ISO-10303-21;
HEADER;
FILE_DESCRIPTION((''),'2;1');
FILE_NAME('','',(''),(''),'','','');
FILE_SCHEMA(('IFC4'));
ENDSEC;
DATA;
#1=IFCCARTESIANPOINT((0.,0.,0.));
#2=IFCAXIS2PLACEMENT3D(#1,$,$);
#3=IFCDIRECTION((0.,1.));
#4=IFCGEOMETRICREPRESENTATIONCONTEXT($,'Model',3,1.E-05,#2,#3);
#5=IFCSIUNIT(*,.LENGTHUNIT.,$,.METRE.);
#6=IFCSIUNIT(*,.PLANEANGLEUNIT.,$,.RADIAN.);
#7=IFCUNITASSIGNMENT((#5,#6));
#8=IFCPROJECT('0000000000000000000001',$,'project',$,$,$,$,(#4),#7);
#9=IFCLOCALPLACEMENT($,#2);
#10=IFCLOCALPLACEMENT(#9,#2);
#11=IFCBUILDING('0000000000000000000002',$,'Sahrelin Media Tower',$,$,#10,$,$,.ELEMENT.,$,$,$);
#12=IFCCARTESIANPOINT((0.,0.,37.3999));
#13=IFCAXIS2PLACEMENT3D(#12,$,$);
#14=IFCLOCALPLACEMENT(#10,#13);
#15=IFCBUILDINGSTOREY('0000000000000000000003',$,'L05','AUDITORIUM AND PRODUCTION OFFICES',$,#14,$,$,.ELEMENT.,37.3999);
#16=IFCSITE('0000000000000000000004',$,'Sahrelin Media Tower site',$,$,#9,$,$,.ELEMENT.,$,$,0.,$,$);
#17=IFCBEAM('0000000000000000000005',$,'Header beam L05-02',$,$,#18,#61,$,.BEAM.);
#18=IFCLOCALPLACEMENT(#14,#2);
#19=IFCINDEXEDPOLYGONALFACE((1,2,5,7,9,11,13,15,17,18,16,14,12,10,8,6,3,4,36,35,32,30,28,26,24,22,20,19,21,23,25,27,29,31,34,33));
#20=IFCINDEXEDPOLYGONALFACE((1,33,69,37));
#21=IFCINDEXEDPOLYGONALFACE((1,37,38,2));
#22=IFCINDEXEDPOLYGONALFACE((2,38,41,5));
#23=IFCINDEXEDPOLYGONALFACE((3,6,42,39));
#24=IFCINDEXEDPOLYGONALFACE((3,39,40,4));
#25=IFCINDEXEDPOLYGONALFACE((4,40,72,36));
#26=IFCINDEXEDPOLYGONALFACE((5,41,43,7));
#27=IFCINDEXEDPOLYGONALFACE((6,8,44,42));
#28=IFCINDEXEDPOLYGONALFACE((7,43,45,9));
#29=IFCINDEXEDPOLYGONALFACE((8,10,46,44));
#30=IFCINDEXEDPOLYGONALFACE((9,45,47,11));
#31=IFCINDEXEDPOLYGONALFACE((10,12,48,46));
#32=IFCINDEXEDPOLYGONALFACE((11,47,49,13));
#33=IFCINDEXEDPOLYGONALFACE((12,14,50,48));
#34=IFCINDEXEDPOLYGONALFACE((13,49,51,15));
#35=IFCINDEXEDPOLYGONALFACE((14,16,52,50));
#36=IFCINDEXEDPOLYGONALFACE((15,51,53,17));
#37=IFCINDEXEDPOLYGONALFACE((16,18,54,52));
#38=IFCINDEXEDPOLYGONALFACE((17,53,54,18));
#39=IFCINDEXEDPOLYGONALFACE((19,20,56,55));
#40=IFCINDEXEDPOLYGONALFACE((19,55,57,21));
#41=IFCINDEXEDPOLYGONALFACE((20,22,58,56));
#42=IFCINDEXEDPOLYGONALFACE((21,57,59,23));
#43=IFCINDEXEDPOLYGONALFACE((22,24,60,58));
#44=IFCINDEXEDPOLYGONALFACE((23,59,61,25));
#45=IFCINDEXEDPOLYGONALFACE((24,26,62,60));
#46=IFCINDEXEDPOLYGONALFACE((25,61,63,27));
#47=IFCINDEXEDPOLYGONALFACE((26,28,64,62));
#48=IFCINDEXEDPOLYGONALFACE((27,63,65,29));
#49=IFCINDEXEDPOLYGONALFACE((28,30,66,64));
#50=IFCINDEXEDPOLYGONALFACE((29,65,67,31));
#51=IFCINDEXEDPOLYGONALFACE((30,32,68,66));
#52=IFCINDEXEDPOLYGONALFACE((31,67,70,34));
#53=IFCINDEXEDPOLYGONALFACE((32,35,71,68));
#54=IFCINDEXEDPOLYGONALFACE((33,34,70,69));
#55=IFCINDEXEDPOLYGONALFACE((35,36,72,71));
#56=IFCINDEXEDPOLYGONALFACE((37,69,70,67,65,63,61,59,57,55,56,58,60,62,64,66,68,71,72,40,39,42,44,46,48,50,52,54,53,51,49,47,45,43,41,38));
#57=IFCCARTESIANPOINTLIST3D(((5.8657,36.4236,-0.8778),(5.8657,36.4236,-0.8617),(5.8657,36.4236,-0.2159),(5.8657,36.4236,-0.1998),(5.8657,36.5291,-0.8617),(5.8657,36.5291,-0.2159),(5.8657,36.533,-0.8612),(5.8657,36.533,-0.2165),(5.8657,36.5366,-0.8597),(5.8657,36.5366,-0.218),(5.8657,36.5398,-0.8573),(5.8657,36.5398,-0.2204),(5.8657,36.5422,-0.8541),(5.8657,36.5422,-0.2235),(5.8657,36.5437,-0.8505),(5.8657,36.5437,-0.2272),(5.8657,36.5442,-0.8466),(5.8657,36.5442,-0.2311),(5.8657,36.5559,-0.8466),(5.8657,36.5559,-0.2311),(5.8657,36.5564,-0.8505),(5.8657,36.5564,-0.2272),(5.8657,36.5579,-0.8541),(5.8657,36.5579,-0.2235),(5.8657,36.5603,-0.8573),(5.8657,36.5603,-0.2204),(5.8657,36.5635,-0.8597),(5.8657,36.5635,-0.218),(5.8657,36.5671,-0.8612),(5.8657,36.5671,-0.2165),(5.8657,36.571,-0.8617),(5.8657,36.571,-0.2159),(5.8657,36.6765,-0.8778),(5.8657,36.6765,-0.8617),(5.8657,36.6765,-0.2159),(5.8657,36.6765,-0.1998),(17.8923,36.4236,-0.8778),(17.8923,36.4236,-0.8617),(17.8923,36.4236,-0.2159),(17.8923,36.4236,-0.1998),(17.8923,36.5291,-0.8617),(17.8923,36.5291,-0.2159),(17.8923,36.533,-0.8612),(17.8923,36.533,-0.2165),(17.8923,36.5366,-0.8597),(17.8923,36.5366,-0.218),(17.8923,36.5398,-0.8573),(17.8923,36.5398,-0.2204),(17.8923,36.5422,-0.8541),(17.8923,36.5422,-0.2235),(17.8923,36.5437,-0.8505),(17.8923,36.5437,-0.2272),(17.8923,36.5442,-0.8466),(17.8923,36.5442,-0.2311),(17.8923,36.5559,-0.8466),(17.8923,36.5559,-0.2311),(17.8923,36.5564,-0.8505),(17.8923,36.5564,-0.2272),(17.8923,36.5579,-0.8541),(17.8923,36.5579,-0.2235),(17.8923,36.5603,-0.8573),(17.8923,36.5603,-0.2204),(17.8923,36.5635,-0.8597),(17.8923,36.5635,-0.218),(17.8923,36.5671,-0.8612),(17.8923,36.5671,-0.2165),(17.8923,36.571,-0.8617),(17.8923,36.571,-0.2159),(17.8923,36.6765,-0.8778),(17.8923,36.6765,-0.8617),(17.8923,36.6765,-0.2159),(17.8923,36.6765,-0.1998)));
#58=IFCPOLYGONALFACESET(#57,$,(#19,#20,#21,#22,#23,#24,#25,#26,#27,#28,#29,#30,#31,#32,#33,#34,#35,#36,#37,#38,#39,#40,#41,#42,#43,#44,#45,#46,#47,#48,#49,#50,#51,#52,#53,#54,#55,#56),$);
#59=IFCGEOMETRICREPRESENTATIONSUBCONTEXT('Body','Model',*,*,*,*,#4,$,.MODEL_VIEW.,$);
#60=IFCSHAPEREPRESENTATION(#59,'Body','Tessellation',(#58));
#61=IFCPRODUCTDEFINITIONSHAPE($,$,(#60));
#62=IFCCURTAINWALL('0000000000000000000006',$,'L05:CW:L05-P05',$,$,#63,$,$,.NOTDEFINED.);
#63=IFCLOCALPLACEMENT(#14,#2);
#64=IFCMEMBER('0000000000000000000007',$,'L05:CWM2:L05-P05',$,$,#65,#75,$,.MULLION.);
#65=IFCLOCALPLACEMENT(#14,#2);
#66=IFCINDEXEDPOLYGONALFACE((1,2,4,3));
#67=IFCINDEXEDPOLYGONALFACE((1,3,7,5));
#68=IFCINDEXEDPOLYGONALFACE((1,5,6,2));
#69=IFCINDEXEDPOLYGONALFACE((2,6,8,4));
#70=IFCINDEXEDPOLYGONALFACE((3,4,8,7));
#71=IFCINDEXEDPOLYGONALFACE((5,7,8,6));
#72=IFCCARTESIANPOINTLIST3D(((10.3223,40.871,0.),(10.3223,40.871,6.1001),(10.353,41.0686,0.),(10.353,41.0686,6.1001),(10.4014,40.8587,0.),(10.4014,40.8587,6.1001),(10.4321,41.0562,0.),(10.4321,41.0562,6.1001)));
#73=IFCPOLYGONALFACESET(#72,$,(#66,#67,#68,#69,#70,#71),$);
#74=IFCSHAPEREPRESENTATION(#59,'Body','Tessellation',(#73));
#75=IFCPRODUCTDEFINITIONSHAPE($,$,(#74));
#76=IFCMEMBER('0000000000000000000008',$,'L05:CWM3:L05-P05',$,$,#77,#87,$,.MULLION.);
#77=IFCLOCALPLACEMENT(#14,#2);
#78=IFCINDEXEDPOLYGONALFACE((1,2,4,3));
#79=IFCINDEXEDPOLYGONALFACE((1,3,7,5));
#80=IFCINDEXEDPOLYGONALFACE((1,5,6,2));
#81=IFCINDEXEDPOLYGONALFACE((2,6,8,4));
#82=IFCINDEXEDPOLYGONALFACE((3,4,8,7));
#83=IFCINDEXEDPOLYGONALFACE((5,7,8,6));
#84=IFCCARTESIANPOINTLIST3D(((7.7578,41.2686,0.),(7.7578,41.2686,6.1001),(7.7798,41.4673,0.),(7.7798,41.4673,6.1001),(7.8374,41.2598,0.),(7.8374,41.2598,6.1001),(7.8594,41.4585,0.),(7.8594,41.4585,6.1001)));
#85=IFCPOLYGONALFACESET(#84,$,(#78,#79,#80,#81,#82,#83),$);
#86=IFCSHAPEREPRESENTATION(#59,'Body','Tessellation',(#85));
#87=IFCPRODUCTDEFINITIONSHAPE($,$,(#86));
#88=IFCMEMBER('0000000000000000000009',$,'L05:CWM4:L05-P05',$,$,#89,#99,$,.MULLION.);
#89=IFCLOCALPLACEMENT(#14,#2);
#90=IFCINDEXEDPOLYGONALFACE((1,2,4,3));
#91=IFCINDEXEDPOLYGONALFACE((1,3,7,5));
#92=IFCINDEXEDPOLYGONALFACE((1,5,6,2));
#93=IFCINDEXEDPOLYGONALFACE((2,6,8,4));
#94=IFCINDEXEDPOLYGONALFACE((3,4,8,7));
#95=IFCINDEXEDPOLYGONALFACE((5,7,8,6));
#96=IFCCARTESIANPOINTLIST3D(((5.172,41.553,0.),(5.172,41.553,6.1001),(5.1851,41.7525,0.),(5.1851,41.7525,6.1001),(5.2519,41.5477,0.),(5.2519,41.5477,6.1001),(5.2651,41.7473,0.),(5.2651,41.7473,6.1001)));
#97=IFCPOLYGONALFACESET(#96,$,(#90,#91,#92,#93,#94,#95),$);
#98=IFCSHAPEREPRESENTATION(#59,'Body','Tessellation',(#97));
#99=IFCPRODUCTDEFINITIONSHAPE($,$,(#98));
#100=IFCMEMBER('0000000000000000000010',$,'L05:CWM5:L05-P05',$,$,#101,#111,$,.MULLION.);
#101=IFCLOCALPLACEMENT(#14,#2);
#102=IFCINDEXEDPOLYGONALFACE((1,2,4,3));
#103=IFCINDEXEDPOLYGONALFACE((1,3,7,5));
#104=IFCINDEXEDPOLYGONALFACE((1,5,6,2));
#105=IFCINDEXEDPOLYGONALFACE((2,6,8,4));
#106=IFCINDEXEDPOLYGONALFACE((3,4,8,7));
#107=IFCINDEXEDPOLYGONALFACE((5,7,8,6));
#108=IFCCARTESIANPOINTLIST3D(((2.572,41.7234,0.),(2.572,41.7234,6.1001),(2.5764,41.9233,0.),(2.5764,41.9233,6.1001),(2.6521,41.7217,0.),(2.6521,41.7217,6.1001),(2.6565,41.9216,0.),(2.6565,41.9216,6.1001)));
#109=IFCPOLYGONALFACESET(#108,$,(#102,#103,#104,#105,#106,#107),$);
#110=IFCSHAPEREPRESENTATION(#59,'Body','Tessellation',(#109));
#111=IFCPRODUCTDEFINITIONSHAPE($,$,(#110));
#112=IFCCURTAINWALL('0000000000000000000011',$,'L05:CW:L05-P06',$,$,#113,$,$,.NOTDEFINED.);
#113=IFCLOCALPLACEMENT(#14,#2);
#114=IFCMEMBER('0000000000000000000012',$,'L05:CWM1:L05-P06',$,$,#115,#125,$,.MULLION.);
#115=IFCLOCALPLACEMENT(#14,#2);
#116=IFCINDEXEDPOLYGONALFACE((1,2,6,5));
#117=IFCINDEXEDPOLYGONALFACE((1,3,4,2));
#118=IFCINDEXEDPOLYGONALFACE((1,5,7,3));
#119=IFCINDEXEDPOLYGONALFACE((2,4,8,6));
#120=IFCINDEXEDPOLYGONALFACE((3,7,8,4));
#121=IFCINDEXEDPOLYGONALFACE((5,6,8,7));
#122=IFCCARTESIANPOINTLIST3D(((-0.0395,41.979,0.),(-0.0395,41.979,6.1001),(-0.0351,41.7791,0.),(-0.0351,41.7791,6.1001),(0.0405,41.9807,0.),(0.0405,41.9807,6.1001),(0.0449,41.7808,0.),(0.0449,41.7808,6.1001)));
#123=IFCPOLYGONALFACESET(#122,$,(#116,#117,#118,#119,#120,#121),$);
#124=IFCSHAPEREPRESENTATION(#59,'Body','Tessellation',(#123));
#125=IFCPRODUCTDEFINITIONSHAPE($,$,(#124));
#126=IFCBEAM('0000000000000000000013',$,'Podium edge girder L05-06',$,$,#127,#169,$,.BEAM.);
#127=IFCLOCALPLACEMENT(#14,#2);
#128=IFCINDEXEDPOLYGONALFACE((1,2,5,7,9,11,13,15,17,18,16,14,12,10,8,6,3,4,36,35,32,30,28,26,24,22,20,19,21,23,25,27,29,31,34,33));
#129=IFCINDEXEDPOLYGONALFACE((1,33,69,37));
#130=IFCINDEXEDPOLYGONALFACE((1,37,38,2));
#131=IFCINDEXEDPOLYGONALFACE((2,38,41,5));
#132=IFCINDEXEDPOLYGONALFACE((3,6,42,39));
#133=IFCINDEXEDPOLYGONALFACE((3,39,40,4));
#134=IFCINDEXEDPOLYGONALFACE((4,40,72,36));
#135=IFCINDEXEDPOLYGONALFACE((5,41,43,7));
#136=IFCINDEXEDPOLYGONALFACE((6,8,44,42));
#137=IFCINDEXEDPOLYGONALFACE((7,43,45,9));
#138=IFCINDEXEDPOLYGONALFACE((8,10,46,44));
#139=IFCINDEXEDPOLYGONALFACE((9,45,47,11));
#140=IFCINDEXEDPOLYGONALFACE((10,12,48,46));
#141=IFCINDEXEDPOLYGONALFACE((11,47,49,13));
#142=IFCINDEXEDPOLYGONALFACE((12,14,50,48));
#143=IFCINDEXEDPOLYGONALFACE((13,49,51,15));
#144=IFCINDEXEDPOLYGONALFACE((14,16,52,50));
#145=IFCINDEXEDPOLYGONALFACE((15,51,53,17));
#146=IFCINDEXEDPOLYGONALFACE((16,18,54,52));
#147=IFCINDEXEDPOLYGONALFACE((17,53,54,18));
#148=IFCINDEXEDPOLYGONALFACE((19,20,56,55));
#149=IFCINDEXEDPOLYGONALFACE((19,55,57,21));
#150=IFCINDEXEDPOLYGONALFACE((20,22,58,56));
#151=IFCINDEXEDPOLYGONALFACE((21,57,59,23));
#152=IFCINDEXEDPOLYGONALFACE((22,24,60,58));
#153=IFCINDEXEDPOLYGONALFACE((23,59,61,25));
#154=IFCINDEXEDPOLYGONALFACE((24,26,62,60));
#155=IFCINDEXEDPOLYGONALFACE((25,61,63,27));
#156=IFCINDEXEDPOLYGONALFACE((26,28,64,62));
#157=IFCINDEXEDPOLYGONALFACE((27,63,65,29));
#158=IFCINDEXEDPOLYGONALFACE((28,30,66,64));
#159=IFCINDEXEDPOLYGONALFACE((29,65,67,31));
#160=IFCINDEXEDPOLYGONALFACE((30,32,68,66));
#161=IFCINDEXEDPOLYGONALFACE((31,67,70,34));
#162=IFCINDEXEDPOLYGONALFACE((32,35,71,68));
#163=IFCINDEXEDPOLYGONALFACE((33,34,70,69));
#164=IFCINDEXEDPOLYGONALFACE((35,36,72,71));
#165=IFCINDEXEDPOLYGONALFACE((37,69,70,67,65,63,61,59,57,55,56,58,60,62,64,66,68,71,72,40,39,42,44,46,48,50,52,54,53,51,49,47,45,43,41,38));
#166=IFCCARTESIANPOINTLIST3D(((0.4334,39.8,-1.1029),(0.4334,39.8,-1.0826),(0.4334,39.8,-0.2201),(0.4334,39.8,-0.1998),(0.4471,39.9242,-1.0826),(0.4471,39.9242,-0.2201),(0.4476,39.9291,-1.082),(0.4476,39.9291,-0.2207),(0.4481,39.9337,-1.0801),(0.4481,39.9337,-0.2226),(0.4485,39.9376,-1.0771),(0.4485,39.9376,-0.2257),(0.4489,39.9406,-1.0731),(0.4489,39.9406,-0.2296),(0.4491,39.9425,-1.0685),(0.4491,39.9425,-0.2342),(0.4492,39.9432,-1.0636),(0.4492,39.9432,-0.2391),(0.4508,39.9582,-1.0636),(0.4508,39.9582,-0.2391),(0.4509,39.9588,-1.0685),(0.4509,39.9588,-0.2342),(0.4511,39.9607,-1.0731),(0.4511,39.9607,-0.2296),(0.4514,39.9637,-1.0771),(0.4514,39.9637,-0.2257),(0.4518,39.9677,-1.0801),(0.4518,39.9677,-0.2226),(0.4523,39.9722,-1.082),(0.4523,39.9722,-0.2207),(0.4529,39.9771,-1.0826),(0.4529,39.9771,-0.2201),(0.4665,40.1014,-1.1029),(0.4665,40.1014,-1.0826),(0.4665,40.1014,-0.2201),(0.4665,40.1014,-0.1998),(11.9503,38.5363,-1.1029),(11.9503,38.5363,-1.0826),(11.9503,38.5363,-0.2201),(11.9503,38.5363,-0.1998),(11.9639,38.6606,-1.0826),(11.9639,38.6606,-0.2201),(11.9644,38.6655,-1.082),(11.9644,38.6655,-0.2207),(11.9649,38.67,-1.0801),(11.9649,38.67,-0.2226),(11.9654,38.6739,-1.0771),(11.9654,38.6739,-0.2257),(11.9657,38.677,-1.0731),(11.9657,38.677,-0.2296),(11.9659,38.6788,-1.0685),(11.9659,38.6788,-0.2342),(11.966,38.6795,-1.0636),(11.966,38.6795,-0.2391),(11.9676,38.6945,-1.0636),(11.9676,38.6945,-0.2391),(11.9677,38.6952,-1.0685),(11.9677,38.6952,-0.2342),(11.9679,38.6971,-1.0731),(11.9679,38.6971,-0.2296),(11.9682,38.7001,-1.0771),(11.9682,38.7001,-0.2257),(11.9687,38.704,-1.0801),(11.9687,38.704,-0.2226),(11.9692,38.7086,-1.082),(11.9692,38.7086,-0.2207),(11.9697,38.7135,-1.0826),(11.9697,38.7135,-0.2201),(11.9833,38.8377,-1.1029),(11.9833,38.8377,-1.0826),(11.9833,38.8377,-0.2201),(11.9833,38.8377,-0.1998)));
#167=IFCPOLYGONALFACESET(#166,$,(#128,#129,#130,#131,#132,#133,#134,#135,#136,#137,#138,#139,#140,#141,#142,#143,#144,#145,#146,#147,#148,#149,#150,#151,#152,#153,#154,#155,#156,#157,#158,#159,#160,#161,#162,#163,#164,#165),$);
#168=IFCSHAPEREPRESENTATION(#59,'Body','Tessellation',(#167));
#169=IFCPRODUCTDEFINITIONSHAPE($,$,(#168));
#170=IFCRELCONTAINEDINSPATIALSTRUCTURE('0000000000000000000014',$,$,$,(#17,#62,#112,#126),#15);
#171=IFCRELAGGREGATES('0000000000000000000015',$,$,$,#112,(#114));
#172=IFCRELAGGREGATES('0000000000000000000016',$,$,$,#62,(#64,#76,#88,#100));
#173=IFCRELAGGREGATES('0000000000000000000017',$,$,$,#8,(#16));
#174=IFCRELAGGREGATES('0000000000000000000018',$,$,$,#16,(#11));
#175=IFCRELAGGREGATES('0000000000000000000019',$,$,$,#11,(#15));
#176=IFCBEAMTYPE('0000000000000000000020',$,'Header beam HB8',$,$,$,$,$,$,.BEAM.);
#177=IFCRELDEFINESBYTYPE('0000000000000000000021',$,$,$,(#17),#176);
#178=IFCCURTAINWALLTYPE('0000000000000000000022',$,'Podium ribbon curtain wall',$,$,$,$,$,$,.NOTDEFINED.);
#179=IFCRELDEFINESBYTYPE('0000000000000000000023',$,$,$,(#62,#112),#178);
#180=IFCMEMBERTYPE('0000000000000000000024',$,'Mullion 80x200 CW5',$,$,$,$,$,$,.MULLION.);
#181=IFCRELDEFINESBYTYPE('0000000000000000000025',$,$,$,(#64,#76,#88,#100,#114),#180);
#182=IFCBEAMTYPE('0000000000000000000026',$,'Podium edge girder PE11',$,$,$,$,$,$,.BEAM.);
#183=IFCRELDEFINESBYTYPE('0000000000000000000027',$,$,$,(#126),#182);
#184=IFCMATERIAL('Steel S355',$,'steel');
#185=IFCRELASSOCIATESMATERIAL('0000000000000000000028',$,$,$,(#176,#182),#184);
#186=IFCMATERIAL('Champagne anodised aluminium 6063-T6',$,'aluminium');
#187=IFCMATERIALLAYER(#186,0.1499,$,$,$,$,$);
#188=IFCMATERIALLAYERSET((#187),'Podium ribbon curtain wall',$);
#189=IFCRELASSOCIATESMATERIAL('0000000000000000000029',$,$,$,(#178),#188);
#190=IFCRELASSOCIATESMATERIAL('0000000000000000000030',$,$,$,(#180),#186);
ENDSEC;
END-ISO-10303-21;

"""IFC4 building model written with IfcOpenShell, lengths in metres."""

from ifc_helpers import new_model, si_unit, direction, frame, origin, origin_2d, place, context, subcontext, project, spatial, rectangle, i_section, extrude, material, layer, layer_set, material_profile, profile_set, type_object, element, aggregate, save


model = new_model("IFC4")

# Units and contexts
model_context = context("Model", 3, precision=1e-05, world=origin(), true_north=direction((0.0, 1.0)))
body_context = subcontext(model_context, "Body", "Model", "MODEL_VIEW")
ifc_project = project(units=[si_unit("LENGTHUNIT", "METRE"), si_unit("PLANEANGLEUNIT", "RADIAN")], contexts=[model_context])

# Site, building, storey
site_placement = place(None, origin())
site = spatial("IfcSite", under=ifc_project, at=site_placement, Name="Sahrelin Media Tower site", CompositionType="ELEMENT", RefElevation=0.0)
building_placement = place(site_placement, origin())
building = spatial("IfcBuilding", under=site, at=building_placement, Name="Sahrelin Media Tower", CompositionType="ELEMENT")
storey_placement = place(building_placement, frame((0.0, 0.0, 37.3999)))
storey = spatial("IfcBuildingStorey", under=building, at=storey_placement, Name="L05", Description="AUDITORIUM AND PRODUCTION OFFICES", CompositionType="ELEMENT", Elevation=37.3999)

# Beam
ifc_material_1 = material(Name="Steel S355", Category="steel")
ifc_material_profile_1 = material_profile(ifc_material_1, i_section(OverallWidth=0.2529, OverallDepth=0.678, WebThickness=0.0117, FlangeThickness=0.0161, FilletRadius=0.0151, at=origin_2d()), Name="UB 686x254x125")
ifc_profile_set_1 = profile_set([ifc_material_profile_1], Name="Steel S355")
beam_type_1 = type_object("IfcBeamType", Name="Header beam HB8", PredefinedType="BEAM", material=ifc_profile_set_1)
beam_1_placement = place(storey_placement, frame((5.8657, 36.55, -0.5388), z_axis=(1.0, 0.0, 0.0), x_axis=(0.0, 1.0, 0.0)))
element("IfcBeam", 1, at=beam_1_placement, inside=storey, type_object=beam_type_1, Name="Header beam L05-02", PredefinedType="BEAM", context=body_context, shape_type="SweptSolid", body=[
    extrude(i_section(OverallWidth=0.2529, OverallDepth=0.678, WebThickness=0.0117, FlangeThickness=0.0161, FilletRadius=0.0151, at=origin_2d()), origin(), (0.0, 0.0, 1.0), 12.0266),
])

# Curtain wall, members
ifc_material_2 = material(Name="Champagne anodised aluminium 6063-T6", Category="aluminium")
ifc_layer_1 = layer(ifc_material_2, 0.1499)
ifc_layer_set_1 = layer_set([ifc_layer_1], Name="Podium ribbon curtain wall")
curtain_wall_type = type_object("IfcCurtainWallType", Name="Podium ribbon curtain wall", PredefinedType="NOTDEFINED", material=ifc_layer_set_1)
curtain_wall_1_placement = place(storey_placement, frame((12.9409, 40.5688, 0.0), z_axis=(0.0, 0.0, 1.0), x_axis=(1.0, 0.0, 0.0)))
curtain_wall_1 = element("IfcCurtainWall", 2, at=curtain_wall_1_placement, inside=storey, type_object=curtain_wall_type, Name="L05:CW:L05-P05", PredefinedType="NOTDEFINED")
ifc_material_profile_2 = material_profile(ifc_material_2, rectangle(XDim=0.0801, YDim=0.2, at=origin_2d()), Name="Mullion 80x200")
ifc_profile_set_2 = profile_set([ifc_material_profile_2], Name="Champagne anodised aluminium 6063-T6")
member_type_1 = type_object("IfcMemberType", Name="Mullion 80x200 CW5", PredefinedType="MULLION", material=ifc_profile_set_2)
member_1_placement = place(storey_placement, frame((10.3772, 40.9636, 0.0), z_axis=(0.0, 0.0, 1.0), x_axis=(-0.988098, 0.153826, 0.0)))
member_1 = element("IfcMember", 3, at=member_1_placement, type_object=member_type_1, Name="L05:CWM2:L05-P05", PredefinedType="MULLION", context=body_context, shape_type="SweptSolid", body=[
    extrude(rectangle(XDim=0.0801, YDim=0.2, at=origin_2d()), origin(), (0.0, 0.0, 1.0), 6.1001),
])
member_2_placement = place(storey_placement, frame((7.8086, 41.3635, 0.0), z_axis=(0.0, 0.0, 1.0), x_axis=(-0.993941, 0.109915, 0.0)))
member_2 = element("IfcMember", 4, at=member_2_placement, type_object=member_type_1, Name="L05:CWM3:L05-P05", PredefinedType="MULLION", context=body_context, shape_type="SweptSolid", body=[
    extrude(rectangle(XDim=0.0801, YDim=0.2, at=origin_2d()), origin(), (0.0, 0.0, 1.0), 6.1001),
])
member_3_placement = place(storey_placement, frame((5.2185, 41.6501, 0.0), z_axis=(0.0, 0.0, 1.0), x_axis=(-0.997822, 0.065959, 0.0)))
member_3 = element("IfcMember", 5, at=member_3_placement, type_object=member_type_1, Name="L05:CWM4:L05-P05", PredefinedType="MULLION", context=body_context, shape_type="SweptSolid", body=[
    extrude(rectangle(XDim=0.0801, YDim=0.2, at=origin_2d()), origin(), (0.0, 0.0, 1.0), 6.1001),
])
member_4_placement = place(storey_placement, frame((2.6143, 41.8225, 0.0), z_axis=(0.0, 0.0, 1.0), x_axis=(-0.999758, 0.022007, 0.0)))
member_4 = element("IfcMember", 6, at=member_4_placement, type_object=member_type_1, Name="L05:CWM5:L05-P05", PredefinedType="MULLION", context=body_context, shape_type="SweptSolid", body=[
    extrude(rectangle(XDim=0.0801, YDim=0.2, at=origin_2d()), origin(), (0.0, 0.0, 1.0), 6.1001),
])

# Curtain wall, member
curtain_wall_2_placement = place(storey_placement, frame((0.0, 42.0, 0.0), z_axis=(0.0, 0.0, 1.0), x_axis=(1.0, 0.0, 0.0)))
curtain_wall_2 = element("IfcCurtainWall", 7, at=curtain_wall_2_placement, inside=storey, type_object=curtain_wall_type, Name="L05:CW:L05-P06", PredefinedType="NOTDEFINED")
member_5_placement = place(storey_placement, frame((0.0027, 41.8799, 0.0), z_axis=(0.0, 0.0, 1.0), x_axis=(-0.999758, -0.022007, 0.0)))
member_5 = element("IfcMember", 8, at=member_5_placement, type_object=member_type_1, Name="L05:CWM1:L05-P06", PredefinedType="MULLION", context=body_context, shape_type="SweptSolid", body=[
    extrude(rectangle(XDim=0.0801, YDim=0.2, at=origin_2d()), origin(), (0.0, 0.0, 1.0), 6.1001),
])
aggregate(curtain_wall_2, [member_5])

# Beam
ifc_material_profile_3 = material_profile(ifc_material_1, i_section(OverallWidth=0.3032, OverallDepth=0.9031, WebThickness=0.0151, FlangeThickness=0.0203, FilletRadius=0.019, at=origin_2d()), Name="UB 914x305x201")
ifc_profile_set_3 = profile_set([ifc_material_profile_3], Name="Steel S355")
beam_type_2 = type_object("IfcBeamType", Name="Podium edge girder PE11", PredefinedType="BEAM", material=ifc_profile_set_3)
beam_2_placement = place(storey_placement, frame((11.9668, 38.687, -0.6514), z_axis=(-0.994034, 0.109069, 0.0), x_axis=(-0.109069, -0.994034, 0.0)))
element("IfcBeam", 9, at=beam_2_placement, inside=storey, type_object=beam_type_2, Name="Podium edge girder L05-06", PredefinedType="BEAM", context=body_context, shape_type="SweptSolid", body=[
    extrude(i_section(OverallWidth=0.3032, OverallDepth=0.9031, WebThickness=0.0151, FlangeThickness=0.0203, FilletRadius=0.019, at=origin_2d()), origin(), (0.0, 0.0, 1.0), 11.5859),
])

aggregate(curtain_wall_1, [member_1, member_2, member_3, member_4])

save(model, "model.ifc")
